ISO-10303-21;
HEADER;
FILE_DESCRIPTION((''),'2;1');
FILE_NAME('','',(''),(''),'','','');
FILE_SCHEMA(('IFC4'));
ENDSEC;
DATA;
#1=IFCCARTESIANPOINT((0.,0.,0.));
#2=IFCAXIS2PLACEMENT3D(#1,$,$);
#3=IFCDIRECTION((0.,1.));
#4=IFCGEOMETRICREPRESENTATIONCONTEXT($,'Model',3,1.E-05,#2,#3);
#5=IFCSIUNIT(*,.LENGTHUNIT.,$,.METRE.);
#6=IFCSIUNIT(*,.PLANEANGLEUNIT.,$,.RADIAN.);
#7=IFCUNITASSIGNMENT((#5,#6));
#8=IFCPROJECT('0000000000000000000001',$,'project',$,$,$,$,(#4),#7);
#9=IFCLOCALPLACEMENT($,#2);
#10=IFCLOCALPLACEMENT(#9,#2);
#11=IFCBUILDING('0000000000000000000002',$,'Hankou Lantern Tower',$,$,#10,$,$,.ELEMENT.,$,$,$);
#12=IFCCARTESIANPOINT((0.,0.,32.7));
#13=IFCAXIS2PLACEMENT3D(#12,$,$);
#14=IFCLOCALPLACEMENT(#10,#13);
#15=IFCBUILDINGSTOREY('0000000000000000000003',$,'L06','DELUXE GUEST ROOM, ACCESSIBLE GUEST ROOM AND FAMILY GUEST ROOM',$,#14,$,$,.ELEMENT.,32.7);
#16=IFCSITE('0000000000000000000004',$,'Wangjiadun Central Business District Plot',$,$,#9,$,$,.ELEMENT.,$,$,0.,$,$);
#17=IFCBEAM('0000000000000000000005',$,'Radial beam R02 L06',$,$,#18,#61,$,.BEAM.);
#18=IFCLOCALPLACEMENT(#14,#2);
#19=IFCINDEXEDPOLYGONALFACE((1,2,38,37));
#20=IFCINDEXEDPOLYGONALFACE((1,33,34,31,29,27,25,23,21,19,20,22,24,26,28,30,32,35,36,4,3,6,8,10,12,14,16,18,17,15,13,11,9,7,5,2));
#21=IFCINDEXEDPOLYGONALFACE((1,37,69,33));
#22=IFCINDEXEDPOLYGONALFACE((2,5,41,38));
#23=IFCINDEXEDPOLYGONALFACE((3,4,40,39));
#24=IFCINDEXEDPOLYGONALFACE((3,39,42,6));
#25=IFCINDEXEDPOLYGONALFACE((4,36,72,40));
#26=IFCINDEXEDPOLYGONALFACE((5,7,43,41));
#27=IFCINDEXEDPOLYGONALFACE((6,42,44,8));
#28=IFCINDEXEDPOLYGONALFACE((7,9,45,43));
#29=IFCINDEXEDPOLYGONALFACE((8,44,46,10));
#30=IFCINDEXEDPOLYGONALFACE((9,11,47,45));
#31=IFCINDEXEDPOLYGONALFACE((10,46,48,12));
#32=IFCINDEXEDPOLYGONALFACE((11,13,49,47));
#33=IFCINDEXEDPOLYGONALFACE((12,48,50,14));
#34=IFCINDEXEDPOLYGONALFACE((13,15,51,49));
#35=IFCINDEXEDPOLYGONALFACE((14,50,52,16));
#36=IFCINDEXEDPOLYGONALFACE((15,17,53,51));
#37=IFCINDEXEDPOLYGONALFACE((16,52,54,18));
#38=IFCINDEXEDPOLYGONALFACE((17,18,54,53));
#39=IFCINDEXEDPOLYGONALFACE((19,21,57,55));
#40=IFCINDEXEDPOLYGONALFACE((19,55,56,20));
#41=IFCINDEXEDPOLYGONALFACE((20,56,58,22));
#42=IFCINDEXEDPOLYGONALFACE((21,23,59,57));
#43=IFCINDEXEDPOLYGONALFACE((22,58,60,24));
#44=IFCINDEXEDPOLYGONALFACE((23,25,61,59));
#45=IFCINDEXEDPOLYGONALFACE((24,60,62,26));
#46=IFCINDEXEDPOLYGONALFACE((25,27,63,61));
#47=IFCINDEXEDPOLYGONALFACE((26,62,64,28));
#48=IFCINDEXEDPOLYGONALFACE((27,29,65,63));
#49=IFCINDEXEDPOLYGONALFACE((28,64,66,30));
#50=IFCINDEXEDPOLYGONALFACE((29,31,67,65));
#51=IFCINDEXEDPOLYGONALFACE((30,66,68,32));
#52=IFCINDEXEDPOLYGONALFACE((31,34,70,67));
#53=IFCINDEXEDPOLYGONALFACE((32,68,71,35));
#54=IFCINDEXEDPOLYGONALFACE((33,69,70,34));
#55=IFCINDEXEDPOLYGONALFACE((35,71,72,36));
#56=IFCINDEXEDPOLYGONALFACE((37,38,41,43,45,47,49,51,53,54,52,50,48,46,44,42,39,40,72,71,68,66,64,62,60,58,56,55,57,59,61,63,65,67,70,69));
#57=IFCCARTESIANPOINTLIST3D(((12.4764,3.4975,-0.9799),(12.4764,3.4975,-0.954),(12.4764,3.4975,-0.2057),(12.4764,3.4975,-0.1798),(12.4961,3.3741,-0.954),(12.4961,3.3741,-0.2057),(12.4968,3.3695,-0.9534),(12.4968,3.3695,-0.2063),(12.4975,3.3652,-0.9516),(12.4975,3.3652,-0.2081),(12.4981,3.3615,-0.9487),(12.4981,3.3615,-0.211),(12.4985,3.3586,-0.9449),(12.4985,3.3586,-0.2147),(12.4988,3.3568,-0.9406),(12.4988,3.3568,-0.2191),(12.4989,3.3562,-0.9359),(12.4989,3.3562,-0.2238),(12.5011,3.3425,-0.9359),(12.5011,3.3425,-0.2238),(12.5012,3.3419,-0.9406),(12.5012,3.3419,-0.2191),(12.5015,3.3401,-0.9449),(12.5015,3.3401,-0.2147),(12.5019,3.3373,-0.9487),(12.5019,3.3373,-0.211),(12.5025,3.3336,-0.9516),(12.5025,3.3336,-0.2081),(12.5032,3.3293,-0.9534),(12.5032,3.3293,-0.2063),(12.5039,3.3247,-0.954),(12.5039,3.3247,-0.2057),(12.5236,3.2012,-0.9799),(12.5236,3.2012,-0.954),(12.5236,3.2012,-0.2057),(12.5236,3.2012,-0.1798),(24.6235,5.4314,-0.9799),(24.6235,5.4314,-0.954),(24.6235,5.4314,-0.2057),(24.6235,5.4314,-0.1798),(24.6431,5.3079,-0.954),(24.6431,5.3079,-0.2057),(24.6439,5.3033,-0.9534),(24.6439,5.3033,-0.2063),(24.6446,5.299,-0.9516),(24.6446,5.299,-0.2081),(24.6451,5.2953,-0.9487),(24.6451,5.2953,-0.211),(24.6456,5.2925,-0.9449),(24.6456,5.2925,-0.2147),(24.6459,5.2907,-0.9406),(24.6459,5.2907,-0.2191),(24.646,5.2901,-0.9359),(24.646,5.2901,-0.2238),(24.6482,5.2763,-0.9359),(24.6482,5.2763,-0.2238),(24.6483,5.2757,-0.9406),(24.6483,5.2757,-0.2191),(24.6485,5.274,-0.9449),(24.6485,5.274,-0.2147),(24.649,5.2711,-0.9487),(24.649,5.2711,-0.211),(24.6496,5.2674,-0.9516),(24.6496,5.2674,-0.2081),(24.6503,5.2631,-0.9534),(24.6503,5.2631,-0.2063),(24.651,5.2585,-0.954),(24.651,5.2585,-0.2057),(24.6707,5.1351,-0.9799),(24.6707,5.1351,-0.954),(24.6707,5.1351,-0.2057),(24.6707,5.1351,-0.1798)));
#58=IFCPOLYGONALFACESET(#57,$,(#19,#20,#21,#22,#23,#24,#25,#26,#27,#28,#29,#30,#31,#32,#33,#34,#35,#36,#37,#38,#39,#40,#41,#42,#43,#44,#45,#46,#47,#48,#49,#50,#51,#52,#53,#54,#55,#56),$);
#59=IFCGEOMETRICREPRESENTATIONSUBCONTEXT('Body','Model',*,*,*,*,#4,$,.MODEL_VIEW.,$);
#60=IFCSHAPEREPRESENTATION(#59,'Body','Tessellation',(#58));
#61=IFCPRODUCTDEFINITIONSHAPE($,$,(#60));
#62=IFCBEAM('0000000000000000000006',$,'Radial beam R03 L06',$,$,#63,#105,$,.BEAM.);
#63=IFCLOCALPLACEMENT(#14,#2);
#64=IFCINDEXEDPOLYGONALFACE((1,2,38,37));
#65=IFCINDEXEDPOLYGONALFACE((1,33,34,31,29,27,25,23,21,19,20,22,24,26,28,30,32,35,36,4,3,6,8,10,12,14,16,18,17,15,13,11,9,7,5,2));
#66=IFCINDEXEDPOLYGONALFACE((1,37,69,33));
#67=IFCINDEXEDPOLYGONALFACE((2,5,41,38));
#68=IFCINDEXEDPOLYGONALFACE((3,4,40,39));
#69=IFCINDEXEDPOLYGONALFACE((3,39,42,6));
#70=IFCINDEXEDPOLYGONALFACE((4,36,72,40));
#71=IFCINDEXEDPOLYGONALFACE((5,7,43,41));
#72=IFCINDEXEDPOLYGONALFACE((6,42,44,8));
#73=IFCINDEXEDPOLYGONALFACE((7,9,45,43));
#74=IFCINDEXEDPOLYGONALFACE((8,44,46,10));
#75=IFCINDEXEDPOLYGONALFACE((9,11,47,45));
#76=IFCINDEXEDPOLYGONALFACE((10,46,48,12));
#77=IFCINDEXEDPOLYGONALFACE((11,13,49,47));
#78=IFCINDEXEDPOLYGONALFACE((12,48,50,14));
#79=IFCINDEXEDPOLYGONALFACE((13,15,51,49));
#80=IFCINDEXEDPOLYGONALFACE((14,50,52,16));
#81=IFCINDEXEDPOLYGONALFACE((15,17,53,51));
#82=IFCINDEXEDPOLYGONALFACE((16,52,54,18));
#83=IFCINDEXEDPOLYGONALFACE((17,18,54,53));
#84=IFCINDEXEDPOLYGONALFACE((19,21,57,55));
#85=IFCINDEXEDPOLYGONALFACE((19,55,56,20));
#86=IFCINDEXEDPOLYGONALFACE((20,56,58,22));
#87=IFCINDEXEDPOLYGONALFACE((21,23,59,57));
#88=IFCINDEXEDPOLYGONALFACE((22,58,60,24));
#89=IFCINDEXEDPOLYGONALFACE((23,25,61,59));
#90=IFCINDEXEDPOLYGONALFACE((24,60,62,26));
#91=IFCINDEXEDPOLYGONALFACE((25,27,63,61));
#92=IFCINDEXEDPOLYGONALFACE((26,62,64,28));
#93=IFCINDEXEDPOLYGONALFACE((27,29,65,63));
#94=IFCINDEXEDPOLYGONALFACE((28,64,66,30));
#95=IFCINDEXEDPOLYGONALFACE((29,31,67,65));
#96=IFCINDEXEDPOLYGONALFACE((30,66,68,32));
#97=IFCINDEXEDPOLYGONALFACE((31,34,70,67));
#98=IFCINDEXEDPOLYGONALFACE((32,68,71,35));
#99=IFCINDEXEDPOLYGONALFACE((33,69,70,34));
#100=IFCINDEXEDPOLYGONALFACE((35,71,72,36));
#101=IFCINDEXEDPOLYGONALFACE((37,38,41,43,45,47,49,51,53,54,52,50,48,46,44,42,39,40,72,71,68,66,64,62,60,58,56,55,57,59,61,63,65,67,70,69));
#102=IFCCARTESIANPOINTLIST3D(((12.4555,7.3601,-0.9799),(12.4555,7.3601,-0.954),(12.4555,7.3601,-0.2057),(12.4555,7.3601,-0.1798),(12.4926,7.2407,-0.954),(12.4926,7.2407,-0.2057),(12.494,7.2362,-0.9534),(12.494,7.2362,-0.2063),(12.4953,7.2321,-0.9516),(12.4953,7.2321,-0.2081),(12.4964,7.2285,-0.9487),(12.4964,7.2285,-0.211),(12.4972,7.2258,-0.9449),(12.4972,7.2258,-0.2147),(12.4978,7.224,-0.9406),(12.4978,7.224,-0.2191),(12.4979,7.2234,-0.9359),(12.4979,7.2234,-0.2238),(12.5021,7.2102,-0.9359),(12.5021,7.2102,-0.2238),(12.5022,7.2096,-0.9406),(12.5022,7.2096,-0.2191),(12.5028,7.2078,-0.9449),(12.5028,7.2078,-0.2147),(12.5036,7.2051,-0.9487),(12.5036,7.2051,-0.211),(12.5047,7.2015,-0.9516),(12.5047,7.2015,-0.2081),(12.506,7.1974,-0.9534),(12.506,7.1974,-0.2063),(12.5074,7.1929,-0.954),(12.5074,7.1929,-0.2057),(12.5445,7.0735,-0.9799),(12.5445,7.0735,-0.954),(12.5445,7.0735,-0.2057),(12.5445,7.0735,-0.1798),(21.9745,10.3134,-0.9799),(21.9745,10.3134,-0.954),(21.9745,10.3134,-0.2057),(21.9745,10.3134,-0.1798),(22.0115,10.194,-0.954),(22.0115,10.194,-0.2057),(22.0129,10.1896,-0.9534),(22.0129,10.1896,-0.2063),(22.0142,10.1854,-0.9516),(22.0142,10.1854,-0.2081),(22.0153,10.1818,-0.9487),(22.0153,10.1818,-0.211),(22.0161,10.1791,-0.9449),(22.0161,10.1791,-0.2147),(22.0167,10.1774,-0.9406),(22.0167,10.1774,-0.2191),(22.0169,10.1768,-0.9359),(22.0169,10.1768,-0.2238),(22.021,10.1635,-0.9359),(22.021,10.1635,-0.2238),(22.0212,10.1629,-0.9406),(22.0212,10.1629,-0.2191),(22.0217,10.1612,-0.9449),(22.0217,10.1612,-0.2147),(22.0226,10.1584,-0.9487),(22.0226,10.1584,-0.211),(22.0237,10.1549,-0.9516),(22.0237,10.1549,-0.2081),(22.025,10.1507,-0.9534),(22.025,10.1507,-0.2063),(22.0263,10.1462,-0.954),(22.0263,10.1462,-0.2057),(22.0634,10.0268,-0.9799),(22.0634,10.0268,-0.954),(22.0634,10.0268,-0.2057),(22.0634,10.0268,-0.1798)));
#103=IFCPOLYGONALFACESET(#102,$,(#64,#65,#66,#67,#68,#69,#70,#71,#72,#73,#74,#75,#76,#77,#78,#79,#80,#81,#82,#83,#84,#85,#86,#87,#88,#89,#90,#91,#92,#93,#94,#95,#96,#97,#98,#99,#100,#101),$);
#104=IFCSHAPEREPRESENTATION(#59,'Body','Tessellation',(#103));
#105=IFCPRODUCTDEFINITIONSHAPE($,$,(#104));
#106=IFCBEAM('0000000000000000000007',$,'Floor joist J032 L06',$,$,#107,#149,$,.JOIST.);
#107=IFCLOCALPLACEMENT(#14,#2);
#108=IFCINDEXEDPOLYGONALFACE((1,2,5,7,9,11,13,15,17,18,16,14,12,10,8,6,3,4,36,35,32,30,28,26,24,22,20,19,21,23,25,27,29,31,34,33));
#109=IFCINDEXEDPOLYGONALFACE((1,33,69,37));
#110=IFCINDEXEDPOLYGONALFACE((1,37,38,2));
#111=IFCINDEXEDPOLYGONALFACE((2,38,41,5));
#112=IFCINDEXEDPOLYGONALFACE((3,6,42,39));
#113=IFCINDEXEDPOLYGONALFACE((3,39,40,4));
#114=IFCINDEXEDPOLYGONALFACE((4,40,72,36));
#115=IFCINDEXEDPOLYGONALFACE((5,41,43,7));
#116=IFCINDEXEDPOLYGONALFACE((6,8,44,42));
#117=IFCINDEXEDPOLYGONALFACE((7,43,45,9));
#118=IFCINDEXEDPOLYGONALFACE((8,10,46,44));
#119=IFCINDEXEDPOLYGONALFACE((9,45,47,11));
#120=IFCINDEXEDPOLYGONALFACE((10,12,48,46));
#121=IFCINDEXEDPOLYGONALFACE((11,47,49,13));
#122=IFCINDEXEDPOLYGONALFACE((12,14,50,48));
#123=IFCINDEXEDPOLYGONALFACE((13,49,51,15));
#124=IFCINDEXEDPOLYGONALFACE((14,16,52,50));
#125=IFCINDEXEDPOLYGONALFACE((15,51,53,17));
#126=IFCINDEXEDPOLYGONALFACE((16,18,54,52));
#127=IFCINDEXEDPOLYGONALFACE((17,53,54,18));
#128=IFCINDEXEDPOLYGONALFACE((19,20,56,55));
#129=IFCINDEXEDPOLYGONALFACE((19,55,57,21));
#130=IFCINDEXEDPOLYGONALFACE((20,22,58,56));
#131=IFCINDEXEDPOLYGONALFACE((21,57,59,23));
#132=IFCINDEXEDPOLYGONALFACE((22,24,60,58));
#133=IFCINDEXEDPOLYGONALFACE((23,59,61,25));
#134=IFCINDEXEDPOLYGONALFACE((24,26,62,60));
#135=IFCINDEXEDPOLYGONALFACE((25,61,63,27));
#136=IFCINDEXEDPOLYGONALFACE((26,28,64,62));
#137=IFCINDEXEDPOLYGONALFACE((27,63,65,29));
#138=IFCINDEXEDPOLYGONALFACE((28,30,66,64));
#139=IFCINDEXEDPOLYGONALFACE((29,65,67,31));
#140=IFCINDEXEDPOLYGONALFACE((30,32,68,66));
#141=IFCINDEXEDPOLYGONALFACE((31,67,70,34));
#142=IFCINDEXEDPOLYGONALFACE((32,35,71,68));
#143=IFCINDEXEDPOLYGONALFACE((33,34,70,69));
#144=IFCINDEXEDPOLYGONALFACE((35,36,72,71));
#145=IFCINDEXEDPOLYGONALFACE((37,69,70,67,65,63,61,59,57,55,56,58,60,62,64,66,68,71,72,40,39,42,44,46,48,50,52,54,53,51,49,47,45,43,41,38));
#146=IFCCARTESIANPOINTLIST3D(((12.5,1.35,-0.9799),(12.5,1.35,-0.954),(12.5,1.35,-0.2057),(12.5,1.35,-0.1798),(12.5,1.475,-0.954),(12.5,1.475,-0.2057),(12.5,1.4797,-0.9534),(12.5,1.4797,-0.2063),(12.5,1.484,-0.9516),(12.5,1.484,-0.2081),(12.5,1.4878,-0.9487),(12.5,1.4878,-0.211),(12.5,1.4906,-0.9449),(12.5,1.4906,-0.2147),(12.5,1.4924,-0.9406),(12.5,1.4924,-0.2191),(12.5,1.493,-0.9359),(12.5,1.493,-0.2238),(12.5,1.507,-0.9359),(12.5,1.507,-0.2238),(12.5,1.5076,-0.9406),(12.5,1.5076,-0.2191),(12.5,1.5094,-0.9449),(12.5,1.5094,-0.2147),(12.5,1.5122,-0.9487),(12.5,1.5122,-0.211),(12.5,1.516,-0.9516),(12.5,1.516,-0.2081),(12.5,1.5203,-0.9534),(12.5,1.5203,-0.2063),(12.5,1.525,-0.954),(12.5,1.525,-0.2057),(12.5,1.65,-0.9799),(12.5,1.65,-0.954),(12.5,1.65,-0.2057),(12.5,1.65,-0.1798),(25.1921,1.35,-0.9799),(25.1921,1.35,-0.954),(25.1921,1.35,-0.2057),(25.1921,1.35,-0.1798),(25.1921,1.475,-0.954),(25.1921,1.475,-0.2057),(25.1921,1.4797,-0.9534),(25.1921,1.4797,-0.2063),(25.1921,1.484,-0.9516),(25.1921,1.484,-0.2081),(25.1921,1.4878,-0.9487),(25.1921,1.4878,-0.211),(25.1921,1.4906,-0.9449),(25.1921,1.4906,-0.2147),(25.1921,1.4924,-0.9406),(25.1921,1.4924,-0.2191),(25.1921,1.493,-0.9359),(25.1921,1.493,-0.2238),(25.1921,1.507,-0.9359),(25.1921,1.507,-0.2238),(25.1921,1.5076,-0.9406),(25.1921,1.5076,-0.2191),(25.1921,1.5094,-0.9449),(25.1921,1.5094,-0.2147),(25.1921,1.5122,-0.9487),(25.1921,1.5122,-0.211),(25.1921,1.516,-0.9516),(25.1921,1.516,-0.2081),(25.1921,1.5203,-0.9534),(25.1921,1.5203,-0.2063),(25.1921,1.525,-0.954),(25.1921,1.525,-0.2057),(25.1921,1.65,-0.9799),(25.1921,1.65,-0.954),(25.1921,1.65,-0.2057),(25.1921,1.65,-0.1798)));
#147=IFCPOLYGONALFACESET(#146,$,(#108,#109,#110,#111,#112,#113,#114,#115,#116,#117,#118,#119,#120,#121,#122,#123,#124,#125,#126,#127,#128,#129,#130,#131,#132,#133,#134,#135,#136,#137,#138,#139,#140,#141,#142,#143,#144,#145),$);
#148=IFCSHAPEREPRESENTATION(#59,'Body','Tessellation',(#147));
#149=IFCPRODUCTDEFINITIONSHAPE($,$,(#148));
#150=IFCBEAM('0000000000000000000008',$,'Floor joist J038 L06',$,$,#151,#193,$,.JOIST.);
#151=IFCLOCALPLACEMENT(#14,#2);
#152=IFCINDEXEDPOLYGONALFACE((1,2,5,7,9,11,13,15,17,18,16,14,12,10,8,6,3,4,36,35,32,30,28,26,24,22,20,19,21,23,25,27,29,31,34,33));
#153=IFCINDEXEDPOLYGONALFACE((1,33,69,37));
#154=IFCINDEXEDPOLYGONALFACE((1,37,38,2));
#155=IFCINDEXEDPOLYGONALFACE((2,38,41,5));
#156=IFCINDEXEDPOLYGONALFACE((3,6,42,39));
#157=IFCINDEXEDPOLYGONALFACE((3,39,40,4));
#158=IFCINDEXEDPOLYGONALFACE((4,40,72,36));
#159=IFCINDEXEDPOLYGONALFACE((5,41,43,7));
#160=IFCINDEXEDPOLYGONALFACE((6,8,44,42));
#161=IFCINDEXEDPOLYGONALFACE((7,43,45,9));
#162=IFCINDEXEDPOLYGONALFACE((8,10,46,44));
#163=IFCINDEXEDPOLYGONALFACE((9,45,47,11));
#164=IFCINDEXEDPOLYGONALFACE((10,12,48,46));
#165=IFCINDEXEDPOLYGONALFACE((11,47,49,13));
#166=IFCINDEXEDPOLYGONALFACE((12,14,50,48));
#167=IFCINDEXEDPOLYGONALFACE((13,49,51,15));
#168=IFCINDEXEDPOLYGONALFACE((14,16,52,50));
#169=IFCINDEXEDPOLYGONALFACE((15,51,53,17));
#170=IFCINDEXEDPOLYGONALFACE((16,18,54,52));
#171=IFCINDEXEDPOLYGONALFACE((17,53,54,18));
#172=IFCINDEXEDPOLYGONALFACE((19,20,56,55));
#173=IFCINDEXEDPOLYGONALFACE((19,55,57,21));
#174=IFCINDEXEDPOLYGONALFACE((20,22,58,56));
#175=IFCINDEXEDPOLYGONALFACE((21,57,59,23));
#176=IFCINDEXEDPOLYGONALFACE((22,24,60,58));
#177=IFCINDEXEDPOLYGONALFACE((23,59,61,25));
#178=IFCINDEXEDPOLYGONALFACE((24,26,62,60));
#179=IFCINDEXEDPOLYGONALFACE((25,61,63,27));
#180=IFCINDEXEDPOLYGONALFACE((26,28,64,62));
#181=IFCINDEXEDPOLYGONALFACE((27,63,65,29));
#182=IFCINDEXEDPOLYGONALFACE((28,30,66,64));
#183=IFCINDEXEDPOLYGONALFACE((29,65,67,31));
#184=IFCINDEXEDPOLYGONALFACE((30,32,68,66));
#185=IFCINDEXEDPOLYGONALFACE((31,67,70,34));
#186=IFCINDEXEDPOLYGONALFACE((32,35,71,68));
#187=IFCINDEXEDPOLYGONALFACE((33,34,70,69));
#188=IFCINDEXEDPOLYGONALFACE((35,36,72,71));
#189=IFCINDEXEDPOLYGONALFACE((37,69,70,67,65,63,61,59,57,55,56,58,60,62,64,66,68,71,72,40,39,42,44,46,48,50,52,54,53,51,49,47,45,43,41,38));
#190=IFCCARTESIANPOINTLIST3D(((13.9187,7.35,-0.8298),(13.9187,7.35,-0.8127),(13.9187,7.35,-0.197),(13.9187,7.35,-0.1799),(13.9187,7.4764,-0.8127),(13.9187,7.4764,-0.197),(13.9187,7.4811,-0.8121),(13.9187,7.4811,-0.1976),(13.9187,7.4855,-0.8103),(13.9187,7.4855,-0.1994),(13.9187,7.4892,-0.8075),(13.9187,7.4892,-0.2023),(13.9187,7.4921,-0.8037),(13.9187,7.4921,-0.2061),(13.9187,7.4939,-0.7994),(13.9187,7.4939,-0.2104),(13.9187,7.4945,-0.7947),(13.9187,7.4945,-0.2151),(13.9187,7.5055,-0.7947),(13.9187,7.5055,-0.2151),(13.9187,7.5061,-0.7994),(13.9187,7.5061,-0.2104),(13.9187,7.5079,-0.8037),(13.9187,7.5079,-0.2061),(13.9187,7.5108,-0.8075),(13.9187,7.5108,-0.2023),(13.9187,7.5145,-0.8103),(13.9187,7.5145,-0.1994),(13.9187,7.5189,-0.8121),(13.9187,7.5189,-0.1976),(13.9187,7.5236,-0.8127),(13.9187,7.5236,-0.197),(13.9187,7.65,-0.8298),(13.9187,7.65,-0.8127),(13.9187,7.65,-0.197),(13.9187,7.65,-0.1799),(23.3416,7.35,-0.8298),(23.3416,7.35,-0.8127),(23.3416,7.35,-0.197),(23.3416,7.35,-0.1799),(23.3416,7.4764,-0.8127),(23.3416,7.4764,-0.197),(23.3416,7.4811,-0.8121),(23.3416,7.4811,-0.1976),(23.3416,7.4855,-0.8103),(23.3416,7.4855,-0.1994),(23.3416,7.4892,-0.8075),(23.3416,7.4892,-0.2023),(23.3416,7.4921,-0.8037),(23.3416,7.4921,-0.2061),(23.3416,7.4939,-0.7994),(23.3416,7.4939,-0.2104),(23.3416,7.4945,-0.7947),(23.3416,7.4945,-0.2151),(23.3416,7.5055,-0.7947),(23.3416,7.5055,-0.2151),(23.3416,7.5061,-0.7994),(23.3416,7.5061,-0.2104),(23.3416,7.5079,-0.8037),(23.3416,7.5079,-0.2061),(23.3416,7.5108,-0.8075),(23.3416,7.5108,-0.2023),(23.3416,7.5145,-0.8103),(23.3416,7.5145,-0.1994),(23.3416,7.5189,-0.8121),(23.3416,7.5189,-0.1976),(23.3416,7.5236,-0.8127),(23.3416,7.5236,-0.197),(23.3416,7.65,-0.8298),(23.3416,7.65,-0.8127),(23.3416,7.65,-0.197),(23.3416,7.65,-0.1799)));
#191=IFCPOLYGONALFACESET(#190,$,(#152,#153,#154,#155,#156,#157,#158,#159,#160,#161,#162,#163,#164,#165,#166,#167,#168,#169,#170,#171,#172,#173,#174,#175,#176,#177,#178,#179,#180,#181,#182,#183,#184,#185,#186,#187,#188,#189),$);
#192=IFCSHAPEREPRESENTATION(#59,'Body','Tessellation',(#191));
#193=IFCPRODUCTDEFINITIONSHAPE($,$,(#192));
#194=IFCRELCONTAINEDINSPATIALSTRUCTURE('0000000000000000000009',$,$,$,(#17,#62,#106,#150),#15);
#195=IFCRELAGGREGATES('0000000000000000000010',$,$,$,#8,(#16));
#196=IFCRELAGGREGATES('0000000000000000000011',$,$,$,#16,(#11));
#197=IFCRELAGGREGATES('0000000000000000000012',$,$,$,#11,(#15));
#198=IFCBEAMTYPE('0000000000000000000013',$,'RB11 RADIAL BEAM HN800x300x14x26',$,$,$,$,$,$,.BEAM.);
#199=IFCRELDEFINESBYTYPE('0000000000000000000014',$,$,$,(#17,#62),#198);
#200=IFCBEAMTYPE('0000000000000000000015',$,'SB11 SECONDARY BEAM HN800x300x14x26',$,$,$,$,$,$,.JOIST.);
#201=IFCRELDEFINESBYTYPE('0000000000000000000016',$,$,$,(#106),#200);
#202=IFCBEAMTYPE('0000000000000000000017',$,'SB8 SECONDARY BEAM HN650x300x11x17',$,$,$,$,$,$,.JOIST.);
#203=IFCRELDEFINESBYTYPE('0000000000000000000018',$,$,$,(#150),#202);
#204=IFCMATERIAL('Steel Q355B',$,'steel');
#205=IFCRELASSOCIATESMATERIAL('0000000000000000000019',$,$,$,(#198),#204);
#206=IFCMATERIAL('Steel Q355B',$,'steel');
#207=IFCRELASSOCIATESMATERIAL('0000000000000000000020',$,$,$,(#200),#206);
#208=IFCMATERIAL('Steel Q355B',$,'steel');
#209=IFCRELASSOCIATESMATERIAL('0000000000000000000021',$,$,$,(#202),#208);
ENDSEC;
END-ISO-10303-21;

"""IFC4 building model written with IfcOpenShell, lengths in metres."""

from ifc_helpers import new_model, si_unit, direction, frame, origin, origin_2d, place, context, subcontext, project, spatial, i_section, extrude, material, material_profile, profile_set, type_object, element, save


model = new_model("IFC4")

# Units and contexts
model_context = context("Model", 3, precision=1e-05, world=origin(), true_north=direction((0.0, 1.0)))
body_context = subcontext(model_context, "Body", "Model", "MODEL_VIEW")
ifc_project = project(units=[si_unit("LENGTHUNIT", "METRE"), si_unit("PLANEANGLEUNIT", "RADIAN")], contexts=[model_context])

# Site, building, storey
site_placement = place(None, origin())
site = spatial("IfcSite", under=ifc_project, at=site_placement, Name="Wangjiadun Central Business District Plot", CompositionType="ELEMENT", RefElevation=0.0)
building_placement = place(site_placement, origin())
building = spatial("IfcBuilding", under=site, at=building_placement, Name="Hankou Lantern Tower", CompositionType="ELEMENT")
storey_placement = place(building_placement, frame((0.0, 0.0, 32.7)))
storey = spatial("IfcBuildingStorey", under=building, at=storey_placement, Name="L06", Description="DELUXE GUEST ROOM, ACCESSIBLE GUEST ROOM AND FAMILY GUEST ROOM", CompositionType="ELEMENT", Elevation=32.7)

# Beams
ifc_material_1 = material(Name="Steel Q355B", Category="steel")
ifc_material_profile_1 = material_profile(ifc_material_1, i_section(OverallWidth=0.3, OverallDepth=0.8, WebThickness=0.0139, FlangeThickness=0.0259, FilletRadius=0.0181, at=origin_2d()), Name="HN800x300x14x26")
ifc_profile_set_1 = profile_set([ifc_material_profile_1], Name="Steel Q355B")
beam_type_1 = type_object("IfcBeamType", Name="RB11 RADIAL BEAM HN800x300x14x26", PredefinedType="BEAM", material=ifc_profile_set_1)
beam_1_placement = place(storey_placement, frame((12.5, 3.3494, -0.5798), z_axis=(0.987563, 0.157223, 0.0), x_axis=(-0.157223, 0.987563, 0.0)))
element("IfcBeam", 1, at=beam_1_placement, inside=storey, type_object=beam_type_1, Name="Radial beam R02 L06", PredefinedType="BEAM", context=body_context, shape_type="SweptSolid", body=[
    extrude(i_section(OverallWidth=0.3, OverallDepth=0.8, WebThickness=0.0139, FlangeThickness=0.0259, FilletRadius=0.0181, at=origin_2d()), origin(), (0.0, 0.0, 1.0), 12.3),
])
beam_2_placement = place(storey_placement, frame((12.5, 7.2168, -0.5798), z_axis=(0.955087, 0.296324, 0.0), x_axis=(-0.296324, 0.955087, 0.0)))
element("IfcBeam", 2, at=beam_2_placement, inside=storey, type_object=beam_type_1, Name="Radial beam R03 L06", PredefinedType="BEAM", context=body_context, shape_type="SweptSolid", body=[
    extrude(i_section(OverallWidth=0.3, OverallDepth=0.8, WebThickness=0.0139, FlangeThickness=0.0259, FilletRadius=0.0181, at=origin_2d()), origin(), (0.0, 0.0, 1.0), 9.9666),
])
ifc_material_2 = material(Name="Steel Q355B", Category="steel")
ifc_material_profile_2 = material_profile(ifc_material_2, i_section(OverallWidth=0.3, OverallDepth=0.8, WebThickness=0.0139, FlangeThickness=0.0259, FilletRadius=0.0181, at=origin_2d()), Name="HN800x300x14x26")
ifc_profile_set_2 = profile_set([ifc_material_profile_2], Name="Steel Q355B")
beam_type_2 = type_object("IfcBeamType", Name="SB11 SECONDARY BEAM HN800x300x14x26", PredefinedType="JOIST", material=ifc_profile_set_2)
beam_3_placement = place(storey_placement, frame((12.5, 1.5, -0.5798), z_axis=(1.0, 0.0, 0.0), x_axis=(0.0, 1.0, 0.0)))
element("IfcBeam", 3, at=beam_3_placement, inside=storey, type_object=beam_type_2, Name="Floor joist J032 L06", PredefinedType="JOIST", context=body_context, shape_type="SweptSolid", body=[
    extrude(i_section(OverallWidth=0.3, OverallDepth=0.8, WebThickness=0.0139, FlangeThickness=0.0259, FilletRadius=0.0181, at=origin_2d()), origin(), (0.0, 0.0, 1.0), 12.6921),
])
ifc_material_3 = material(Name="Steel Q355B", Category="steel")
ifc_material_profile_3 = material_profile(ifc_material_3, i_section(OverallWidth=0.3, OverallDepth=0.6499, WebThickness=0.011, FlangeThickness=0.0171, FilletRadius=0.0181, at=origin_2d()), Name="HN650x300x11x17")
ifc_profile_set_3 = profile_set([ifc_material_profile_3], Name="Steel Q355B")
beam_type_3 = type_object("IfcBeamType", Name="SB8 SECONDARY BEAM HN650x300x11x17", PredefinedType="JOIST", material=ifc_profile_set_3)
beam_4_placement = place(storey_placement, frame((13.9187, 7.5, -0.5049), z_axis=(1.0, 0.0, 0.0), x_axis=(0.0, 1.0, 0.0)))
element("IfcBeam", 4, at=beam_4_placement, inside=storey, type_object=beam_type_3, Name="Floor joist J038 L06", PredefinedType="JOIST", context=body_context, shape_type="SweptSolid", body=[
    extrude(i_section(OverallWidth=0.3, OverallDepth=0.6499, WebThickness=0.011, FlangeThickness=0.0171, FilletRadius=0.0181, at=origin_2d()), origin(), (0.0, 0.0, 1.0), 9.4229),
])

save(model, "model.ifc")
